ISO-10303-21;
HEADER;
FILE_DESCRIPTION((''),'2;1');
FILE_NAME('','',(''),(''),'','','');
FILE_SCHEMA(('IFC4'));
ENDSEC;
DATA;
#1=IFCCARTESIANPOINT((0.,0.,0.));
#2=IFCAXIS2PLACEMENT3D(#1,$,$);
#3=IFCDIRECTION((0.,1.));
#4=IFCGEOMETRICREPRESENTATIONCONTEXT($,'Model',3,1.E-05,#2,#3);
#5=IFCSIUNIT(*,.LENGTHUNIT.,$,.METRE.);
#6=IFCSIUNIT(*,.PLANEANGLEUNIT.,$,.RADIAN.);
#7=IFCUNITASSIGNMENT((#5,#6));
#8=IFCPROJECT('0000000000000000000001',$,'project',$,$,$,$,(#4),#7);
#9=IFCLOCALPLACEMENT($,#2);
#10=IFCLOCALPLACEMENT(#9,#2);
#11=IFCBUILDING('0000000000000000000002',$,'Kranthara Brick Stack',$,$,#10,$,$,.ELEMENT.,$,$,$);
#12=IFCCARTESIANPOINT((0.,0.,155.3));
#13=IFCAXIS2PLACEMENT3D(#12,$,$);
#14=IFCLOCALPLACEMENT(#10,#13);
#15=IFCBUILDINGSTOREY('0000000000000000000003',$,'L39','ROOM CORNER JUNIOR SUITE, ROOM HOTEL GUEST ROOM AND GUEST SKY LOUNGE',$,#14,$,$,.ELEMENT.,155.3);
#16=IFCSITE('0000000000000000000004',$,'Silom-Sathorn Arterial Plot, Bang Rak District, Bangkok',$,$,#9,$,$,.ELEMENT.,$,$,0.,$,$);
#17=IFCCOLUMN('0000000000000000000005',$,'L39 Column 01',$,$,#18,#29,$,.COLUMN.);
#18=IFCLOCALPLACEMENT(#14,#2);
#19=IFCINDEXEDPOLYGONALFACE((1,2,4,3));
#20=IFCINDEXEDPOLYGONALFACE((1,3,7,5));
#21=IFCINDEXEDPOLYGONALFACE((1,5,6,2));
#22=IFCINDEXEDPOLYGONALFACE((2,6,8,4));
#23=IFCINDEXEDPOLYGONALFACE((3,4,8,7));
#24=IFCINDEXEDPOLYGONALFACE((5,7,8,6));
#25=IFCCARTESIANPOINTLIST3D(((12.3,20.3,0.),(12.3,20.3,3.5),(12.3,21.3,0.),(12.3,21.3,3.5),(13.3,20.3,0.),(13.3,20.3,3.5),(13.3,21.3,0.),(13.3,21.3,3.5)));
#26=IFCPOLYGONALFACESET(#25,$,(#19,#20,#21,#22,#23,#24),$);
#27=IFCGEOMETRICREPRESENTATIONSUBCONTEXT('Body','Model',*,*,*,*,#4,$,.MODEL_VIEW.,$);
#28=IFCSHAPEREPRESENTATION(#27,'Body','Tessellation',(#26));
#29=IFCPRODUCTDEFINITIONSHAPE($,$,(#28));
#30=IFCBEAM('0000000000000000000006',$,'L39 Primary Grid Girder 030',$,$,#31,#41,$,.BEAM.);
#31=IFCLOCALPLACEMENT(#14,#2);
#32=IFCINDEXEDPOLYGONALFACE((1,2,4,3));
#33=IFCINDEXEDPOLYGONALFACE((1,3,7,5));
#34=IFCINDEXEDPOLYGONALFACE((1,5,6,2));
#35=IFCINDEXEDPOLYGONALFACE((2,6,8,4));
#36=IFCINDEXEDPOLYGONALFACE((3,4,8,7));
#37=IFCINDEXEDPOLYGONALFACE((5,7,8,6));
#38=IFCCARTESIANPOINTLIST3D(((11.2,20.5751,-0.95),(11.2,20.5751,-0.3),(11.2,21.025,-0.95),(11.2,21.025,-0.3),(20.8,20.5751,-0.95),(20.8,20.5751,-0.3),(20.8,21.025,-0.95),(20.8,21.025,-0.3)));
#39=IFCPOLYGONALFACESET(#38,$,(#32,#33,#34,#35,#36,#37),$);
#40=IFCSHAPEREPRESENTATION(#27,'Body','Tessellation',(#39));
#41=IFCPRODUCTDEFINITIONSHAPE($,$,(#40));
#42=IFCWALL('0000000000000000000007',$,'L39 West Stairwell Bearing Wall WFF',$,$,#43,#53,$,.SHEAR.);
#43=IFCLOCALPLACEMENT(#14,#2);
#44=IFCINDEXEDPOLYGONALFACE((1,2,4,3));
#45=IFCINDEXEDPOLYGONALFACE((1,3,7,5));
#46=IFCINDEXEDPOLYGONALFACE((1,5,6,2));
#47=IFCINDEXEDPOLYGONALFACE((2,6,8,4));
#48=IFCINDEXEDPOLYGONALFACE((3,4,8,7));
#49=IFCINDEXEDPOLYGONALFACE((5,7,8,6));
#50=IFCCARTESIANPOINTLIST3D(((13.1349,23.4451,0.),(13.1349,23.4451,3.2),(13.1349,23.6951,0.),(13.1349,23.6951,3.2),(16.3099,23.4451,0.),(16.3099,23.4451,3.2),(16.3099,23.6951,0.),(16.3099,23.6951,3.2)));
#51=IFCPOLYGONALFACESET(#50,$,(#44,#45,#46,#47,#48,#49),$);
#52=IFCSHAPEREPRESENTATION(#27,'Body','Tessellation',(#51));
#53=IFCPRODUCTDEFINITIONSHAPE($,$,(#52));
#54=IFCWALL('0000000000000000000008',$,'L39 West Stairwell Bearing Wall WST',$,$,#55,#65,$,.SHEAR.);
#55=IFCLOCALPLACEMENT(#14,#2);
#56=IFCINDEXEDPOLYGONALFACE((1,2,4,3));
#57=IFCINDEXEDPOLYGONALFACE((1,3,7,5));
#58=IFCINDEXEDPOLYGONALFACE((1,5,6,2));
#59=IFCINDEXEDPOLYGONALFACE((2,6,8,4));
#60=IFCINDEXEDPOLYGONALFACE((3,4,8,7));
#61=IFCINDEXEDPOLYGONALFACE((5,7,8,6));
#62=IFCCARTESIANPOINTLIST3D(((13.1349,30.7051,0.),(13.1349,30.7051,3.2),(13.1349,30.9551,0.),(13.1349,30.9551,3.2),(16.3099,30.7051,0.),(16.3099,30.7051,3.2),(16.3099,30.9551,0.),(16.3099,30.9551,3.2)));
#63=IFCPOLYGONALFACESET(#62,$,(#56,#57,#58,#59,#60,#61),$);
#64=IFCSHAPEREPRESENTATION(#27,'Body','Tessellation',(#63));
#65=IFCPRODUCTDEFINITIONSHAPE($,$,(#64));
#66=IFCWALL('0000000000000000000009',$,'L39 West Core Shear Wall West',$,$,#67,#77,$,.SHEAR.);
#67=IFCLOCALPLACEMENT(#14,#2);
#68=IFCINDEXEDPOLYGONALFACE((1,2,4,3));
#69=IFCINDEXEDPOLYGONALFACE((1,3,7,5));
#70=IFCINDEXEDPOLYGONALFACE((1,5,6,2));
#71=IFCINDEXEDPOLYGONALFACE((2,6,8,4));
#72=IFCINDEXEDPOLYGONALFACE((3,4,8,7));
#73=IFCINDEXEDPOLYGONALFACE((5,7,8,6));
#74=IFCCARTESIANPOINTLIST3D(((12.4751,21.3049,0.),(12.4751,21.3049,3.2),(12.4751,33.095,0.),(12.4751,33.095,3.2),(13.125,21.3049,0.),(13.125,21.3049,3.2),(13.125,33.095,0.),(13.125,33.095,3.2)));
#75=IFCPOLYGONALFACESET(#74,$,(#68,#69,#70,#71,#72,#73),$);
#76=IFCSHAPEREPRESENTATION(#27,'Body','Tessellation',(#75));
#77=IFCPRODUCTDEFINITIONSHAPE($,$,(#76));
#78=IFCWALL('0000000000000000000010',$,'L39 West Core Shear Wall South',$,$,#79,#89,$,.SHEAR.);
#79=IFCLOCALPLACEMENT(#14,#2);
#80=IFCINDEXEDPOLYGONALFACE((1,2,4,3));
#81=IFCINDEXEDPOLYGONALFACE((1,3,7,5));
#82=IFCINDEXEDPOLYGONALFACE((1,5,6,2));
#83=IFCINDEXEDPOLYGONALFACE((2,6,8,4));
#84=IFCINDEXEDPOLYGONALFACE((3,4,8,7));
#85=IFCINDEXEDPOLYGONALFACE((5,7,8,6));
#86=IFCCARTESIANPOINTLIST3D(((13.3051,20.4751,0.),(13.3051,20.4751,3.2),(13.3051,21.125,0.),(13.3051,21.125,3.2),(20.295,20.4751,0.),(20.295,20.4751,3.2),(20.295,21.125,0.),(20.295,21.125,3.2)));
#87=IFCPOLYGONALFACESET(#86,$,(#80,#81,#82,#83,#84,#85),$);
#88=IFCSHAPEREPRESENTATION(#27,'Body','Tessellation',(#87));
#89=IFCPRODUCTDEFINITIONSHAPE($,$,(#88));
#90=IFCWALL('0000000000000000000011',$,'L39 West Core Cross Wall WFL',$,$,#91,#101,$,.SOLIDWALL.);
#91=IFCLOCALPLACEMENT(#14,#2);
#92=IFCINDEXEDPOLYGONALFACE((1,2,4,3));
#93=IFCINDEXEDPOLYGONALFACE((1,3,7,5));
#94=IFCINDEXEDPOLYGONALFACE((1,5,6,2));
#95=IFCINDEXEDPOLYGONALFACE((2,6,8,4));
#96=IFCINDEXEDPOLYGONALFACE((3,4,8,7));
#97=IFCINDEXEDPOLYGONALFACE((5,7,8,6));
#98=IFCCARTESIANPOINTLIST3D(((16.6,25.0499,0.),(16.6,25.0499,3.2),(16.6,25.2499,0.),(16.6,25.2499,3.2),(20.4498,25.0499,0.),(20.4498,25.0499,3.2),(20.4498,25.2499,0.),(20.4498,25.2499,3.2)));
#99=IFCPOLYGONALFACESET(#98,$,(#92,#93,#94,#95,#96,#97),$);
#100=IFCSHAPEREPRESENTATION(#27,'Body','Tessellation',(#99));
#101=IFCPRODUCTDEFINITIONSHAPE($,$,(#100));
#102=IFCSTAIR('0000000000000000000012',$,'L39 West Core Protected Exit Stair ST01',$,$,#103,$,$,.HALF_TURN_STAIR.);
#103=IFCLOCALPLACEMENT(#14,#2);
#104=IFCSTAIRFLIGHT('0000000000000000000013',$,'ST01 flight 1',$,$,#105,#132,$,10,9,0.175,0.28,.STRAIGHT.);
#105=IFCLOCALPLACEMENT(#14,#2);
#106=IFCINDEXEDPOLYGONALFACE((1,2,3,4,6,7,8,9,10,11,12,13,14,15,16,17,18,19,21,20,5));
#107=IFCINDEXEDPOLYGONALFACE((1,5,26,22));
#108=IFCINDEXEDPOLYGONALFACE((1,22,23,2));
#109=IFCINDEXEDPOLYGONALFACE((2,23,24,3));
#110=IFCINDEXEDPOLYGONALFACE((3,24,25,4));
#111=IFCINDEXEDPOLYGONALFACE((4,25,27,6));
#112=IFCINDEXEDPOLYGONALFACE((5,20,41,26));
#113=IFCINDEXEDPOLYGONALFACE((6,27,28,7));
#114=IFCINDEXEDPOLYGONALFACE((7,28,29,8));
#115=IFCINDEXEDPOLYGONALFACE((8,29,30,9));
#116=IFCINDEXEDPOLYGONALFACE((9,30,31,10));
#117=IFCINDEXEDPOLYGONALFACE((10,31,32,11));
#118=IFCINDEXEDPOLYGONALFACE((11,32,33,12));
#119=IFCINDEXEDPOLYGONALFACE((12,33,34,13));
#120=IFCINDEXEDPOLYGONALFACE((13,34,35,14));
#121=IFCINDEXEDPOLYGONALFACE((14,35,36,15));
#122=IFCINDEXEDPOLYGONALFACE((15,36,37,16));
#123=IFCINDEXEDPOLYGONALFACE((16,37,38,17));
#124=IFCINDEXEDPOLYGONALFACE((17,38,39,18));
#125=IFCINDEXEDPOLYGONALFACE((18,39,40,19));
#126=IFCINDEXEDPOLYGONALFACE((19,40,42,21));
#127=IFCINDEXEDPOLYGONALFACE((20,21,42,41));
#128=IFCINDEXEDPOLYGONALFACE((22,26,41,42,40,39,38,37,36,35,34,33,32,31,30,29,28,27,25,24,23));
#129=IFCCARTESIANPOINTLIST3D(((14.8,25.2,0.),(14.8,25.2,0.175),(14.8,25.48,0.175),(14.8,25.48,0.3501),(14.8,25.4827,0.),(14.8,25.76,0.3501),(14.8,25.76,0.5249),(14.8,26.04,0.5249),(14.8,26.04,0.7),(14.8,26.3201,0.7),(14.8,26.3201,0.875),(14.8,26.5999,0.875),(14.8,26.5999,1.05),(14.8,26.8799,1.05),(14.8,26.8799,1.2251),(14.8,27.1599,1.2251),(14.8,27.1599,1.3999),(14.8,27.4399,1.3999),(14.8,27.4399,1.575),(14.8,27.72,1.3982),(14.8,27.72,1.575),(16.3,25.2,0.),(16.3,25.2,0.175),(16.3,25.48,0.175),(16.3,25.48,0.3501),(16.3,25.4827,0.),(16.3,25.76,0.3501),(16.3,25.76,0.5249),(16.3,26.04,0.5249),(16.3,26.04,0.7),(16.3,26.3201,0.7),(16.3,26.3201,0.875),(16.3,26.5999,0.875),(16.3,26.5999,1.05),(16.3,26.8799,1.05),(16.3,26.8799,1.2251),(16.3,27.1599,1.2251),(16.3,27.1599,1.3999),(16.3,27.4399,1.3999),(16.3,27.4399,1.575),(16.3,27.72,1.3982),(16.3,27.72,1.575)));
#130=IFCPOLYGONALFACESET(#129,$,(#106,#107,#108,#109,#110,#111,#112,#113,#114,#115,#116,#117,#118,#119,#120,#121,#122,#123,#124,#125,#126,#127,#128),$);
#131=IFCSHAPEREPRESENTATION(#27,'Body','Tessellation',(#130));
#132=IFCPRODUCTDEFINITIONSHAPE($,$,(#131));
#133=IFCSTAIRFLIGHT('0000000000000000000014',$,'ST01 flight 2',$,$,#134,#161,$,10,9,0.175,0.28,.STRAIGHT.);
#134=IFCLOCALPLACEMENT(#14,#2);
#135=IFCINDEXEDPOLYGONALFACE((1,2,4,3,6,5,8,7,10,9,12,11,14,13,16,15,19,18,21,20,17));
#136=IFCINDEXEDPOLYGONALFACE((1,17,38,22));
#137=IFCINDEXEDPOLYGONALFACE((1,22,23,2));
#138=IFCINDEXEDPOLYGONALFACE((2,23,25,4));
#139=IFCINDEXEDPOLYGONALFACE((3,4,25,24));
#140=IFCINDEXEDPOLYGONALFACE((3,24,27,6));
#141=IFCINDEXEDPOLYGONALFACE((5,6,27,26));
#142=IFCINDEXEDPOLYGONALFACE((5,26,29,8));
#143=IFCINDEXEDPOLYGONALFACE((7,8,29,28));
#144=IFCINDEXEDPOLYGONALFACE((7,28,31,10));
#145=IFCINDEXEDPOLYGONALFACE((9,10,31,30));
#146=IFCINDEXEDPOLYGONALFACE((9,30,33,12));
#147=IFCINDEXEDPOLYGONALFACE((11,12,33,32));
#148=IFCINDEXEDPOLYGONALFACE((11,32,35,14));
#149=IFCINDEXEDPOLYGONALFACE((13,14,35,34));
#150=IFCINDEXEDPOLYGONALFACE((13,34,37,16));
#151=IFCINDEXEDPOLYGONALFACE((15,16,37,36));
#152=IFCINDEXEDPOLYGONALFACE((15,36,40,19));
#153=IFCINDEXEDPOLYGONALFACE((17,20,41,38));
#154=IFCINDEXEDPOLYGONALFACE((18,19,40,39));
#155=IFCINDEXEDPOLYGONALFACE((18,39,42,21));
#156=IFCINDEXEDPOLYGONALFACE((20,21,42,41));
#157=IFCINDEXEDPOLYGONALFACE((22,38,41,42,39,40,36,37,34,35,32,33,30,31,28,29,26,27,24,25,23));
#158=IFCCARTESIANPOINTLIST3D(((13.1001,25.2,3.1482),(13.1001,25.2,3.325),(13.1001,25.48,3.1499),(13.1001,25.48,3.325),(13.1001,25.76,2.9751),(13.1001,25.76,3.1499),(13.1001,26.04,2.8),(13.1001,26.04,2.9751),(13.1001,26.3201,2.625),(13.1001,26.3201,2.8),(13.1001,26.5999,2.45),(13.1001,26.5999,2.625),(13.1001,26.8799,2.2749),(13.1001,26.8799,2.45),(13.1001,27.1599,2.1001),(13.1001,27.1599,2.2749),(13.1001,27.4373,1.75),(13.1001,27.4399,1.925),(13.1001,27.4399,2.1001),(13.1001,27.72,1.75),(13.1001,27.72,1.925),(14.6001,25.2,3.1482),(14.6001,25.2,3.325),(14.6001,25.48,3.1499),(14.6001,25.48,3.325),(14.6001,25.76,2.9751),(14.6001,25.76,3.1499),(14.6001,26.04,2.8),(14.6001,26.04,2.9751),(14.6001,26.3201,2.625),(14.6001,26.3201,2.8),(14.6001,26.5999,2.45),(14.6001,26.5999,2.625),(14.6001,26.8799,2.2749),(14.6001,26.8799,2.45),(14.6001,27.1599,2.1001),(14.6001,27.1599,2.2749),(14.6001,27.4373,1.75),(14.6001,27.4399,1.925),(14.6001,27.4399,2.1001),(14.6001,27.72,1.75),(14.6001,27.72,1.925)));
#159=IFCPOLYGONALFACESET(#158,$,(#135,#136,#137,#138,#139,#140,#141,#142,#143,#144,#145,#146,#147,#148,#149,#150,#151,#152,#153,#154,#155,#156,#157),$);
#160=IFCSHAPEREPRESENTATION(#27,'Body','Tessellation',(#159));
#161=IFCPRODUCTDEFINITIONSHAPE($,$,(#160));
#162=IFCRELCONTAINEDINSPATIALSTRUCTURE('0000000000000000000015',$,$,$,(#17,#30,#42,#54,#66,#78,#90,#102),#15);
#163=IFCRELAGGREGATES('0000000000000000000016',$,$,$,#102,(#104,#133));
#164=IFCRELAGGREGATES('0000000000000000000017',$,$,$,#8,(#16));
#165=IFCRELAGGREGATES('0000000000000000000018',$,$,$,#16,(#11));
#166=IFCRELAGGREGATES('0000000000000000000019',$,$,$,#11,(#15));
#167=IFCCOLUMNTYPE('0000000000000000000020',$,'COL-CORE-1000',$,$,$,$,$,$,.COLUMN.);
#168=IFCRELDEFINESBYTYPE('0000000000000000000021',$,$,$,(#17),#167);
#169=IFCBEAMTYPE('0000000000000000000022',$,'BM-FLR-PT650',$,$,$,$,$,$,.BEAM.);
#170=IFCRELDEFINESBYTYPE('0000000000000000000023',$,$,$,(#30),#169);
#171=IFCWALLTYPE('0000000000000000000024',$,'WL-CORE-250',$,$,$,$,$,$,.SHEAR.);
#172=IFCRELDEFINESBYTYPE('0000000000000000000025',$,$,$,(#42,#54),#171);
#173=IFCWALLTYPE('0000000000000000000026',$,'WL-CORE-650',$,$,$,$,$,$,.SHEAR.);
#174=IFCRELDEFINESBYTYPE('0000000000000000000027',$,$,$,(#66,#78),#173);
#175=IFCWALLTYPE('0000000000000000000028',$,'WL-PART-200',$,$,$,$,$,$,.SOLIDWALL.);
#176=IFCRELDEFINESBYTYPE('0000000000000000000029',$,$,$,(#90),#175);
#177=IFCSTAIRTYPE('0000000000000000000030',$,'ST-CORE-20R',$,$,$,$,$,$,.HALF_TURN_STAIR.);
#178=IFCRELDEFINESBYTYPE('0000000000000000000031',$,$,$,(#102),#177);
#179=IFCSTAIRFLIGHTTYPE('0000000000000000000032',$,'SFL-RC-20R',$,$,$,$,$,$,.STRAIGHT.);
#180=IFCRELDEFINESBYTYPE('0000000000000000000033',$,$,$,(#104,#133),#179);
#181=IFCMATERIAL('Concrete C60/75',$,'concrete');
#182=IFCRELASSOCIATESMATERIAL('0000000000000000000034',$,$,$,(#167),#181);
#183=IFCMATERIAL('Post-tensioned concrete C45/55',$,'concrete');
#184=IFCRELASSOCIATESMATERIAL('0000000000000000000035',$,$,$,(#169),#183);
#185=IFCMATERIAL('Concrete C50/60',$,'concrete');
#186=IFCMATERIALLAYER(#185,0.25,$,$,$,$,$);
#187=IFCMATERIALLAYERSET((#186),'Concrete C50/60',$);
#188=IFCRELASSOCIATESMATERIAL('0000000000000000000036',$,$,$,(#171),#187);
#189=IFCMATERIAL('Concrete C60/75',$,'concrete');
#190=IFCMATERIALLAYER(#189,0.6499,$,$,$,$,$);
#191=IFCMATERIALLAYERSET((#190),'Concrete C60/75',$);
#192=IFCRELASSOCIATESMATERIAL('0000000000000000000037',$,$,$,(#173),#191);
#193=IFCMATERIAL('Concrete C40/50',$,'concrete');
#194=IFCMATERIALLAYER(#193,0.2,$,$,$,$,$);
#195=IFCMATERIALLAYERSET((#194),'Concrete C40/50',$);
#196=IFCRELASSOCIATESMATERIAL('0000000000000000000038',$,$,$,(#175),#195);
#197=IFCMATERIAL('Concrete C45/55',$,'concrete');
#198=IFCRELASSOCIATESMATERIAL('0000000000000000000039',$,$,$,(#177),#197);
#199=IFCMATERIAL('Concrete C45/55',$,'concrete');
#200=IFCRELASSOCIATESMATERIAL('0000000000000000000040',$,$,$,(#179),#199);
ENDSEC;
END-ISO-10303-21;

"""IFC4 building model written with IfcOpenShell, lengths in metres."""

from ifc_helpers import new_model, si_unit, direction, frame, frame_2d, origin, origin_2d, place, context, subcontext, project, spatial, polyline, rectangle, outline, extrude, material, layer, layer_set, material_profile, profile_set, type_object, element, aggregate, save


model = new_model("IFC4")

# Units and contexts
model_context = context("Model", 3, precision=1e-05, world=origin(), true_north=direction((0.0, 1.0)))
body_context = subcontext(model_context, "Body", "Model", "MODEL_VIEW")
ifc_project = project(units=[si_unit("LENGTHUNIT", "METRE"), si_unit("PLANEANGLEUNIT", "RADIAN")], contexts=[model_context])

# Site, building, storey
site_placement = place(None, origin())
site = spatial("IfcSite", under=ifc_project, at=site_placement, Name="Silom-Sathorn Arterial Plot, Bang Rak District, Bangkok", CompositionType="ELEMENT", RefElevation=0.0)
building_placement = place(site_placement, origin())
building = spatial("IfcBuilding", under=site, at=building_placement, Name="Kranthara Brick Stack", CompositionType="ELEMENT")
storey_placement = place(building_placement, frame((0.0, 0.0, 155.3)))
storey = spatial("IfcBuildingStorey", under=building, at=storey_placement, Name="L39", Description="ROOM CORNER JUNIOR SUITE, ROOM HOTEL GUEST ROOM AND GUEST SKY LOUNGE", CompositionType="ELEMENT", Elevation=155.3)

# Column
ifc_material_1 = material(Name="Concrete C60/75", Category="concrete")
ifc_material_profile_1 = material_profile(ifc_material_1, rectangle(XDim=1.0, YDim=1.0, at=origin_2d()), Name="RC 1000x1000")
ifc_profile_set_1 = profile_set([ifc_material_profile_1], Name="Concrete C60/75")
column_type = type_object("IfcColumnType", Name="COL-CORE-1000", PredefinedType="COLUMN", material=ifc_profile_set_1)
column_placement = place(storey_placement, frame((12.8, 20.8, 0.0), z_axis=(0.0, 0.0, 1.0), x_axis=(1.0, 0.0, 0.0)))
element("IfcColumn", 1, at=column_placement, inside=storey, type_object=column_type, Name="L39 Column 01", PredefinedType="COLUMN", context=body_context, shape_type="SweptSolid", body=[
    extrude(rectangle(XDim=1.0, YDim=1.0, at=origin_2d()), origin(), (0.0, 0.0, 1.0), 3.5),
])

# Beam
ifc_material_2 = material(Name="Post-tensioned concrete C45/55", Category="concrete")
ifc_material_profile_2 = material_profile(ifc_material_2, rectangle(XDim=0.45, YDim=0.6499, at=origin_2d()), Name="PT 450x650")
ifc_profile_set_2 = profile_set([ifc_material_profile_2], Name="Post-tensioned concrete C45/55")
beam_type = type_object("IfcBeamType", Name="BM-FLR-PT650", PredefinedType="BEAM", material=ifc_profile_set_2)
beam_placement = place(storey_placement, frame((11.2, 20.8, -0.625), z_axis=(1.0, 0.0, 0.0), x_axis=(0.0, 1.0, 0.0)))
element("IfcBeam", 2, at=beam_placement, inside=storey, type_object=beam_type, Name="L39 Primary Grid Girder 030", PredefinedType="BEAM", context=body_context, shape_type="SweptSolid", body=[
    extrude(rectangle(XDim=0.45, YDim=0.6499, at=origin_2d()), origin(), (0.0, 0.0, 1.0), 9.6001),
])

# Shared definitions
ifc_material_3 = material(Name="Concrete C50/60", Category="concrete")
ifc_layer_1 = layer(ifc_material_3, 0.25)
ifc_layer_set_1 = layer_set([ifc_layer_1], Name="Concrete C50/60")
wall_type_1 = type_object("IfcWallType", Name="WL-CORE-250", PredefinedType="SHEAR", material=ifc_layer_set_1)

# Walls
for number, where, z_axis, x_axis, name in (
    (3, (13.135, 23.5701, 0.0), (0.0, 0.0, 1.0), (1.0, 0.0, 0.0), "L39 West Stairwell Bearing Wall WFF"),
    (4, (13.135, 30.8301, 0.0), (0.0, 0.0, 1.0), (1.0, 0.0, 0.0), "L39 West Stairwell Bearing Wall WST"),
):
    element("IfcWall", number, at=place(storey_placement, frame(where, z_axis=z_axis, x_axis=x_axis)), inside=storey, type_object=wall_type_1, Name=name, PredefinedType="SHEAR", context=body_context, shape_type="SweptSolid", body=[
        extrude(rectangle(XDim=3.175, YDim=0.25, at=frame_2d((1.5874, 0.0))), origin(), (0.0, 0.0, 1.0), 3.2),
    ])
ifc_material_4 = material(Name="Concrete C60/75", Category="concrete")
ifc_layer_2 = layer(ifc_material_4, 0.6499)
ifc_layer_set_2 = layer_set([ifc_layer_2], Name="Concrete C60/75")
wall_type_2 = type_object("IfcWallType", Name="WL-CORE-650", PredefinedType="SHEAR", material=ifc_layer_set_2)
wall_1_placement = place(storey_placement, frame((12.8, 21.3049, 0.0), z_axis=(0.0, 0.0, 1.0), x_axis=(0.0, 1.0, 0.0)))
element("IfcWall", 5, at=wall_1_placement, inside=storey, type_object=wall_type_2, Name="L39 West Core Shear Wall West", PredefinedType="SHEAR", context=body_context, shape_type="SweptSolid", body=[
    extrude(rectangle(XDim=11.79, YDim=0.6499, at=frame_2d((5.895, 0.0))), origin(), (0.0, 0.0, 1.0), 3.2),
])
wall_2_placement = place(storey_placement, frame((13.3049, 20.8, 0.0), z_axis=(0.0, 0.0, 1.0), x_axis=(1.0, 0.0, 0.0)))
element("IfcWall", 6, at=wall_2_placement, inside=storey, type_object=wall_type_2, Name="L39 West Core Shear Wall South", PredefinedType="SHEAR", context=body_context, shape_type="SweptSolid", body=[
    extrude(rectangle(XDim=6.99, YDim=0.6499, at=frame_2d((3.4951, 0.0))), origin(), (0.0, 0.0, 1.0), 3.2),
])
ifc_material_5 = material(Name="Concrete C40/50", Category="concrete")
ifc_layer_3 = layer(ifc_material_5, 0.2)
ifc_layer_set_3 = layer_set([ifc_layer_3], Name="Concrete C40/50")
wall_type_3 = type_object("IfcWallType", Name="WL-PART-200", PredefinedType="SOLIDWALL", material=ifc_layer_set_3)
wall_3_placement = place(storey_placement, frame((16.6001, 25.1499, 0.0), z_axis=(0.0, 0.0, 1.0), x_axis=(1.0, 0.0, 0.0)))
element("IfcWall", 7, at=wall_3_placement, inside=storey, type_object=wall_type_3, Name="L39 West Core Cross Wall WFL", PredefinedType="SOLIDWALL", context=body_context, shape_type="SweptSolid", body=[
    extrude(rectangle(XDim=3.8499, YDim=0.2, at=frame_2d((1.9248, 0.0))), origin(), (0.0, 0.0, 1.0), 3.2),
])

# Stair, stair flights
ifc_material_6 = material(Name="Concrete C45/55", Category="concrete")
stair_type = type_object("IfcStairType", Name="ST-CORE-20R", PredefinedType="HALF_TURN_STAIR", material=ifc_material_6)
stair_placement = place(storey_placement, origin())
stair = element("IfcStair", 8, at=stair_placement, inside=storey, type_object=stair_type, Name="L39 West Core Protected Exit Stair ST01", PredefinedType="HALF_TURN_STAIR")
ifc_material_7 = material(Name="Concrete C45/55", Category="concrete")
stair_flight_type = type_object("IfcStairFlightType", Name="SFL-RC-20R", PredefinedType="STRAIGHT", material=ifc_material_7)
stair_flight_1_placement = place(storey_placement, frame((15.55, 25.2, 0.0), z_axis=(0.0, 0.0, 1.0), x_axis=(0.0, 1.0, 0.0)))
stair_flight_1 = element("IfcStairFlight", 9, at=stair_flight_1_placement, type_object=stair_flight_type, Name="ST01 flight 1", NumberOfRisers=10, NumberOfTreads=9, PredefinedType="STRAIGHT", RiserHeight=0.175, TreadLength=0.28, context=body_context, shape_type="SweptSolid", body=[
    extrude(outline(polyline([(0.0, 0.0), (0.0, 0.175), (0.28, 0.175), (0.28, 0.3501), (0.5601, 0.3501), (0.5601, 0.5249), (0.8401, 0.5249), (0.8401, 0.7), (1.1201, 0.7), (1.1201, 0.875), (1.3999, 0.875), (1.3999, 1.05), (1.6799, 1.05), (1.6799, 1.2251), (1.96, 1.2251), (1.96, 1.3999), (2.24, 1.3999), (2.24, 1.575), (2.52, 1.575), (2.52, 1.75), (2.52, 1.3982), (0.2827, 0.0), (0.0, 0.0)])), frame((0.0, 0.75, 0.0), z_axis=(0.0, -1.0, 0.0), x_axis=(1.0, 0.0, 0.0)), (0.0, 0.0, 1.0), 1.5),
])
stair_flight_2_placement = place(storey_placement, frame((13.8501, 27.72, 1.75), z_axis=(0.0, 0.0, 1.0), x_axis=(0.0, -1.0, 0.0)))
stair_flight_2 = element("IfcStairFlight", 10, at=stair_flight_2_placement, type_object=stair_flight_type, Name="ST01 flight 2", NumberOfRisers=10, NumberOfTreads=9, PredefinedType="STRAIGHT", RiserHeight=0.175, TreadLength=0.28, context=body_context, shape_type="SweptSolid", body=[
    extrude(outline(polyline([(0.0, 0.0), (0.0, 0.175), (0.28, 0.175), (0.28, 0.3501), (0.5601, 0.3501), (0.5601, 0.5249), (0.8401, 0.5249), (0.8401, 0.7), (1.1201, 0.7), (1.1201, 0.875), (1.3999, 0.875), (1.3999, 1.05), (1.6799, 1.05), (1.6799, 1.2251), (1.96, 1.2251), (1.96, 1.3999), (2.24, 1.3999), (2.24, 1.575), (2.52, 1.575), (2.52, 1.75), (2.52, 1.3982), (0.2827, 0.0), (0.0, 0.0)])), frame((0.0, 0.75, 0.0), z_axis=(0.0, -1.0, 0.0), x_axis=(1.0, 0.0, 0.0)), (0.0, 0.0, 1.0), 1.5),
])
aggregate(stair, [stair_flight_1, stair_flight_2])

save(model, "model.ifc")
